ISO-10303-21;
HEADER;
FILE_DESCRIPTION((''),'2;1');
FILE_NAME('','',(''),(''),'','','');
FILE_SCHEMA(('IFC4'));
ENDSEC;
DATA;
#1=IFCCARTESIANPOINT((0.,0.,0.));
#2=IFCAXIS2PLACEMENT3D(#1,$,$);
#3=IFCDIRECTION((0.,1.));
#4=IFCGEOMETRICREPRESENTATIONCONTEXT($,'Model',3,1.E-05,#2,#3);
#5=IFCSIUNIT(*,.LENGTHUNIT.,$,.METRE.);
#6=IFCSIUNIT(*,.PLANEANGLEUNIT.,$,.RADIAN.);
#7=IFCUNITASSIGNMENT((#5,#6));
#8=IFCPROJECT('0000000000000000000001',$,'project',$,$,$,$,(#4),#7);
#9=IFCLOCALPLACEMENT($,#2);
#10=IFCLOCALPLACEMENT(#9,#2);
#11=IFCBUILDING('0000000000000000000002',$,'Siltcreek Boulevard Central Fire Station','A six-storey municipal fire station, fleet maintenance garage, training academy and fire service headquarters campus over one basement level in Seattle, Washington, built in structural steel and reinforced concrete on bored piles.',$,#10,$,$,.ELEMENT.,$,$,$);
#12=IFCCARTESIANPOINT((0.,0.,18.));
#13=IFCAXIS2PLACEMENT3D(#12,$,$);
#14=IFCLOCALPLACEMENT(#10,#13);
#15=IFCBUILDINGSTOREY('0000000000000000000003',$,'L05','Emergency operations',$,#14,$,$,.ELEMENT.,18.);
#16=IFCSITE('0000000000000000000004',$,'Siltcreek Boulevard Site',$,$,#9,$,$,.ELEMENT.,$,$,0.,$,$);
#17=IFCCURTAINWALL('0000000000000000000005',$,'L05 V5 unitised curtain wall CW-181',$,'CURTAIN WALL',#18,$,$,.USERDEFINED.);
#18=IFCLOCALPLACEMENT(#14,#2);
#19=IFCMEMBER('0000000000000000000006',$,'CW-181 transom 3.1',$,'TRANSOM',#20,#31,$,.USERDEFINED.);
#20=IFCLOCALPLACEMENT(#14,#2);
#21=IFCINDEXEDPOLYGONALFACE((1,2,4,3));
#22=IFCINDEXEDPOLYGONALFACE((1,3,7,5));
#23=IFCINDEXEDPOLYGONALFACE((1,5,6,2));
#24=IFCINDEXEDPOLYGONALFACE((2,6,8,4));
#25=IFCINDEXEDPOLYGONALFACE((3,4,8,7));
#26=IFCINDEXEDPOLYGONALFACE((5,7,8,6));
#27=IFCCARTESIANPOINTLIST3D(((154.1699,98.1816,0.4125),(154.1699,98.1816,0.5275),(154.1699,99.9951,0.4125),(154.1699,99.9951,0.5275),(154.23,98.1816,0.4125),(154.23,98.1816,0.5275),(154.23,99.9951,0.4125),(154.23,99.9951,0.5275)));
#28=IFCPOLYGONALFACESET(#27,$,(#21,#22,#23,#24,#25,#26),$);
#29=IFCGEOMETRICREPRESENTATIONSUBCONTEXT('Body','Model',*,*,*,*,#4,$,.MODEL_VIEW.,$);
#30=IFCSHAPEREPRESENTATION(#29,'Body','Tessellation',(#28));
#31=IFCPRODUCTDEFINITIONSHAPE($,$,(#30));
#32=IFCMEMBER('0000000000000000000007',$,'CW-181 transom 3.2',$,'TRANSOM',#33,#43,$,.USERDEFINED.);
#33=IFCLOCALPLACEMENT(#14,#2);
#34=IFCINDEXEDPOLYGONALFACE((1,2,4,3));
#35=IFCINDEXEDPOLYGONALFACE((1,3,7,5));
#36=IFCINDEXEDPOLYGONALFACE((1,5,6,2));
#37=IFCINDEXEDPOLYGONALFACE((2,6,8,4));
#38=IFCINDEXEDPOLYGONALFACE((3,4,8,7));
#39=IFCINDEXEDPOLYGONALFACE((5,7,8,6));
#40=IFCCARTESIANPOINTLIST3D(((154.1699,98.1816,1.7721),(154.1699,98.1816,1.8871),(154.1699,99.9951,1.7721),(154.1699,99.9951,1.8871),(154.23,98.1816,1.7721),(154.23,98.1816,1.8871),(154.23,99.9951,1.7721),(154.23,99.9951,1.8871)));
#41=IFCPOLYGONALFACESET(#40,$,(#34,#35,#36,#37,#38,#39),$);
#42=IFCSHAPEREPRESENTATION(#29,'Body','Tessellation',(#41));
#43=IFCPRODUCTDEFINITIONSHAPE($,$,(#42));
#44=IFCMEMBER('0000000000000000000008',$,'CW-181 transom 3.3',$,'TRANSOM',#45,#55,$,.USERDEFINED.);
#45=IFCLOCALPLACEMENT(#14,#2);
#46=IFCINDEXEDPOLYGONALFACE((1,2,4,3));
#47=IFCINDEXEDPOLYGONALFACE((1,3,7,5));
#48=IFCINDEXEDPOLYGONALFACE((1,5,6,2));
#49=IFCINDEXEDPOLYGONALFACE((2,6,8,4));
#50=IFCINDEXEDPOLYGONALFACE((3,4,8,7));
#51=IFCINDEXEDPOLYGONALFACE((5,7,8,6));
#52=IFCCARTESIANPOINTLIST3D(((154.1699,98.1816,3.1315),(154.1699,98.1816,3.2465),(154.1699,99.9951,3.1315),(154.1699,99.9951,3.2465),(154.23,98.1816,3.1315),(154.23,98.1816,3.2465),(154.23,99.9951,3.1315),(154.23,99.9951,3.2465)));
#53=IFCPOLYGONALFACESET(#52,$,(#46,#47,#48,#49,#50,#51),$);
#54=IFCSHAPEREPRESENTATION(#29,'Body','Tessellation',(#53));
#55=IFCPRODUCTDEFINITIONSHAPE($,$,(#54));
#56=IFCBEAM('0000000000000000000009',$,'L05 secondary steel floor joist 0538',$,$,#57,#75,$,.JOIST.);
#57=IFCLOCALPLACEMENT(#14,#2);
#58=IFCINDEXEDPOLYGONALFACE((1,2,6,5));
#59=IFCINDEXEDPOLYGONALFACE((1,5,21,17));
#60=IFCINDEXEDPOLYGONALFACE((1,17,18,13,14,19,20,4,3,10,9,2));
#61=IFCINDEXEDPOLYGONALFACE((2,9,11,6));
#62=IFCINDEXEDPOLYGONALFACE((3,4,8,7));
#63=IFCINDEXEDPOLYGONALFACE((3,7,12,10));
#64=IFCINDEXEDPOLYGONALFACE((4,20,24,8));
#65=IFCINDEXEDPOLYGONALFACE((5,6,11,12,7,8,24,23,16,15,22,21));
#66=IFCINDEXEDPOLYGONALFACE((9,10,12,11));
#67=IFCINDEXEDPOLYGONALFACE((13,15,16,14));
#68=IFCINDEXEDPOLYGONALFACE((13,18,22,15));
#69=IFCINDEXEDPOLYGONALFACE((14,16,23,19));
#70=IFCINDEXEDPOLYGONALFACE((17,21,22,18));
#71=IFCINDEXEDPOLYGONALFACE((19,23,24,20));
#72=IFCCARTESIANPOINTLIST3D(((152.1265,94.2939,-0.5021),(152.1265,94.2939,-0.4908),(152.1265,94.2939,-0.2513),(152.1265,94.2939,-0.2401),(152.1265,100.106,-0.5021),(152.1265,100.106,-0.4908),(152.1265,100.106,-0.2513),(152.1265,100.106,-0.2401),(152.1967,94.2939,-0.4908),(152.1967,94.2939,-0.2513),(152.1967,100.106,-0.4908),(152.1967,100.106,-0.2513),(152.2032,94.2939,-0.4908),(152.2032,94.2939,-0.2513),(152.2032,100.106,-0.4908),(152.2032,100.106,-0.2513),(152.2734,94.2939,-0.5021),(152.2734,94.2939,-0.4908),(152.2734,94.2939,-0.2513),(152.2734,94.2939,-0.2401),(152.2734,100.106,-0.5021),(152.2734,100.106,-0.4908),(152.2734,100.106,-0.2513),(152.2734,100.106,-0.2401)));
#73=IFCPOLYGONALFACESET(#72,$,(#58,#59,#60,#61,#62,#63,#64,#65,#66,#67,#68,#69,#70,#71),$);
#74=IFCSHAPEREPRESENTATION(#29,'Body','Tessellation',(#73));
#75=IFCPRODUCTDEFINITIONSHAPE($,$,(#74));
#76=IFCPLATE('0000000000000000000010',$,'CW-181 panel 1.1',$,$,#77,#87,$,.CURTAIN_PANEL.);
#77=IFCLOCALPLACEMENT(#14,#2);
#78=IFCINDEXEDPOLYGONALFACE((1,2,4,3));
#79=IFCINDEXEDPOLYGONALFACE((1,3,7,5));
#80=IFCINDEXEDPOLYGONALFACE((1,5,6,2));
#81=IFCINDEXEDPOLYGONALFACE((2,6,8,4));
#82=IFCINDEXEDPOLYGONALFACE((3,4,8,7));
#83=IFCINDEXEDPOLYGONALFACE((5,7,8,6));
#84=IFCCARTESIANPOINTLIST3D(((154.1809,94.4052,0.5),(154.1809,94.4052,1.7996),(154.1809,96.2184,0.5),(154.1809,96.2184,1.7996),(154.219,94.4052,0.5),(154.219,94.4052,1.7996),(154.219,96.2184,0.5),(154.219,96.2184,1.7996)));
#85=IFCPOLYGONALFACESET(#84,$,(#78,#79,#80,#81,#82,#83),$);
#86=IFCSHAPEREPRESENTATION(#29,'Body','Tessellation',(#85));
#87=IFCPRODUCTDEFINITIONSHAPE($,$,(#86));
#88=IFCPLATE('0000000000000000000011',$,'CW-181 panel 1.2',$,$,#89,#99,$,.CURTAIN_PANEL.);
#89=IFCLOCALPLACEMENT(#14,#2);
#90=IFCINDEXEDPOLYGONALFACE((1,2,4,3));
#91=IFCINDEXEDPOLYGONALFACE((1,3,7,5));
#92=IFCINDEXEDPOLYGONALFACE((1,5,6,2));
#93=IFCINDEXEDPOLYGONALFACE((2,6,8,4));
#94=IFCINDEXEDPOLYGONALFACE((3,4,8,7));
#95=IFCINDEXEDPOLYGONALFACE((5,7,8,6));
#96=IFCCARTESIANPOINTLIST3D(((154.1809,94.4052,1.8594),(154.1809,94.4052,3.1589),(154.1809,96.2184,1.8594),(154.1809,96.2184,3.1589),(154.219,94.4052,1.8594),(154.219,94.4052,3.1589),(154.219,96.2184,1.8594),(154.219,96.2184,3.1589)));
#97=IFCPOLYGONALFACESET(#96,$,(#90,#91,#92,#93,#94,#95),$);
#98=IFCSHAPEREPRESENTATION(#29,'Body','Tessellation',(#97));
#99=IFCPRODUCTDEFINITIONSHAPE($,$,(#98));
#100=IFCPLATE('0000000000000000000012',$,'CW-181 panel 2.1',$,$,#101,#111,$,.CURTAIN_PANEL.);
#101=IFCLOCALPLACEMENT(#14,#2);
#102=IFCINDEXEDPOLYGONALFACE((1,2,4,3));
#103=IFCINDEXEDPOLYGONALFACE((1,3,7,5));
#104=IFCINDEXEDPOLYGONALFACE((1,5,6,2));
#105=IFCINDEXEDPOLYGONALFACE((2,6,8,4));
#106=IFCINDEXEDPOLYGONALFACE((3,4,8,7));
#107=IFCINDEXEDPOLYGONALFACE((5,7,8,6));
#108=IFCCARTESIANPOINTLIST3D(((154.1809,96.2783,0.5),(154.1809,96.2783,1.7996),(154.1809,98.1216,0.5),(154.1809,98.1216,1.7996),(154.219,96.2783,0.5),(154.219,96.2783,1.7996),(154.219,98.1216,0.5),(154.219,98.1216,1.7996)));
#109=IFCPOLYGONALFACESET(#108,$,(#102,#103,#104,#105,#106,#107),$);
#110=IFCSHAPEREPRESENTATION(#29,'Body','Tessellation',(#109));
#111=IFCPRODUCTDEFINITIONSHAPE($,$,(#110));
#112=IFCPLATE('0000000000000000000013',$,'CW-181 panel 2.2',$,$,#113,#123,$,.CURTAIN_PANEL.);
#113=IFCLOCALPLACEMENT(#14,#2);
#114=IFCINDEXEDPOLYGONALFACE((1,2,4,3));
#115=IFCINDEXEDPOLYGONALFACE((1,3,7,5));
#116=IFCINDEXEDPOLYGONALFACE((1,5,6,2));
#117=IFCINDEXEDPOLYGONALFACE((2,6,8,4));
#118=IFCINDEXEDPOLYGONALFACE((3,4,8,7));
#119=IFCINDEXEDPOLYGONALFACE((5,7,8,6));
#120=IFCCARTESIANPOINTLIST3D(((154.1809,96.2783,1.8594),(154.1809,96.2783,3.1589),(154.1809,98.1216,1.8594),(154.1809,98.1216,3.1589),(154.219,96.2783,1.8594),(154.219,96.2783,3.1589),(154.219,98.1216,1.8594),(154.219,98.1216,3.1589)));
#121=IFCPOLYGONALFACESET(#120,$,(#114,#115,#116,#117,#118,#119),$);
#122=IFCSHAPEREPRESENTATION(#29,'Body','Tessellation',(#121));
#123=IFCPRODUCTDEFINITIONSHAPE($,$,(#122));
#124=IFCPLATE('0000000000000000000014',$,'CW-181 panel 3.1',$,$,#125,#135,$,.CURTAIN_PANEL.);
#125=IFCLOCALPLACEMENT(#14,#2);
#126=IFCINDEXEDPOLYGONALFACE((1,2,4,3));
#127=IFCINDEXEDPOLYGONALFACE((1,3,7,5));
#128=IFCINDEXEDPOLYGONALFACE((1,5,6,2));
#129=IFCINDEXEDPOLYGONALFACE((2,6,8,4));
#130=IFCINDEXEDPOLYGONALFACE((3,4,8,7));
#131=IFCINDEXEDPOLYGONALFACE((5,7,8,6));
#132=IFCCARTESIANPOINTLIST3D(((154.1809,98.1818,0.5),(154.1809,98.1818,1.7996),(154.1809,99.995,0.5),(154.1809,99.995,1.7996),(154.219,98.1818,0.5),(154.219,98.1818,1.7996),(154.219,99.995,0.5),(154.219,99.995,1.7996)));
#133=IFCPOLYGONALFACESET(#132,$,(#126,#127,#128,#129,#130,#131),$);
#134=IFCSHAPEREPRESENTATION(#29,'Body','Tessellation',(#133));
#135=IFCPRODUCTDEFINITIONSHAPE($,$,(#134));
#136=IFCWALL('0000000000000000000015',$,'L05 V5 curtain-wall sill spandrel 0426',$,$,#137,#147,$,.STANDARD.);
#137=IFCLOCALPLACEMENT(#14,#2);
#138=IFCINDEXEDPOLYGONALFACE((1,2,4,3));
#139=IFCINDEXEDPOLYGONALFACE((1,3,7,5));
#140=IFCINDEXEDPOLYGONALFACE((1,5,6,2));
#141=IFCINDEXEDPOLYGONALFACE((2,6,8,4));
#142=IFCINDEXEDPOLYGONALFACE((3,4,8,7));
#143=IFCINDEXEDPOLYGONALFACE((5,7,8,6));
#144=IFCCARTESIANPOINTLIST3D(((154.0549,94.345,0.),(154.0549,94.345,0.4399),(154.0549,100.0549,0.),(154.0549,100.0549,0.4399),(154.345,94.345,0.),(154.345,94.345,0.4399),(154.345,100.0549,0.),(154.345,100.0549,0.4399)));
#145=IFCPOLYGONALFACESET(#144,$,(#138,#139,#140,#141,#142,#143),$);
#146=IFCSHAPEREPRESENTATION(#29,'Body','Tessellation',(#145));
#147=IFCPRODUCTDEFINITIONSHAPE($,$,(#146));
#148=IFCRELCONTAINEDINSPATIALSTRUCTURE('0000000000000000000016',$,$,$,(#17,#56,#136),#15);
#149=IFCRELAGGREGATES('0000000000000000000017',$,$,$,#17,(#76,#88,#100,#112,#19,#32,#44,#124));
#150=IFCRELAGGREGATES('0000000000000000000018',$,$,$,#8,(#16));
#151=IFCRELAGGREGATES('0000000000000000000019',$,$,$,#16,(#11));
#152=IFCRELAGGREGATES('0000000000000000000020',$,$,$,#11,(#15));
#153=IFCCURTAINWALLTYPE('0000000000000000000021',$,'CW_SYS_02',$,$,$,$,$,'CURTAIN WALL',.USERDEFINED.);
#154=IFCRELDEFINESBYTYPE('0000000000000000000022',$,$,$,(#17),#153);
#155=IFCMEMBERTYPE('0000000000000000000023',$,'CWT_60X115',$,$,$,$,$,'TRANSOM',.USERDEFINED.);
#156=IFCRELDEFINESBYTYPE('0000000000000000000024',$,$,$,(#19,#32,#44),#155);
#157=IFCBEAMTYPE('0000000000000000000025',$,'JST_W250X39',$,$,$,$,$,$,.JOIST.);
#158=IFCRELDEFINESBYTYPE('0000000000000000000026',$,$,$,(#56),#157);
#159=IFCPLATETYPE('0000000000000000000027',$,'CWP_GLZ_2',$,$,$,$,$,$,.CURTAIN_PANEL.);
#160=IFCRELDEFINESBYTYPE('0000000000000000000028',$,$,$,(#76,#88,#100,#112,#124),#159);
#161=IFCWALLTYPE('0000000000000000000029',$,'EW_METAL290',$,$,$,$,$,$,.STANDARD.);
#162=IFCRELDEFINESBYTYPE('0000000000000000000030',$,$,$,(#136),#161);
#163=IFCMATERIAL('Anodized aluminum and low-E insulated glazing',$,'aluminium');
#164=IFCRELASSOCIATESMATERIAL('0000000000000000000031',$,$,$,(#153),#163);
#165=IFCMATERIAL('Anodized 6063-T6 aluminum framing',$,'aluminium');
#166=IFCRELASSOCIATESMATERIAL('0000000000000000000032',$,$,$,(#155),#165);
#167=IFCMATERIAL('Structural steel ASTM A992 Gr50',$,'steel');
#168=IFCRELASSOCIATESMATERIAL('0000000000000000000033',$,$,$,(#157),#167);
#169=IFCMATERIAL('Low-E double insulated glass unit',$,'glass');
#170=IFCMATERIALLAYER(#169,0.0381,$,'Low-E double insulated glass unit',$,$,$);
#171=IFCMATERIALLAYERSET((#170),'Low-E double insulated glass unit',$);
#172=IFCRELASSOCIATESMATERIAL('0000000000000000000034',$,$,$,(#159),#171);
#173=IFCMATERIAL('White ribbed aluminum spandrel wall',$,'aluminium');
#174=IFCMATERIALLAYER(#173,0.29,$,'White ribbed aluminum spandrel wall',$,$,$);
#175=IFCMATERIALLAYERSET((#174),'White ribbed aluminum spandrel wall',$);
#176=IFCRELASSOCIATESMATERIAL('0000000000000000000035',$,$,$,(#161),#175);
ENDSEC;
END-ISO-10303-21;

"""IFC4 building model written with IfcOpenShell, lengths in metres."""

from ifc_helpers import new_model, si_unit, direction, frame, frame_2d, origin, origin_2d, place, context, subcontext, project, spatial, rectangle, i_section, extrude, material, layer, layer_set, material_profile, profile_set, type_object, element, aggregate, save


model = new_model("IFC4")

# Units and contexts
model_context = context("Model", 3, precision=1e-05, world=origin(), true_north=direction((0.0, 1.0)))
body_context = subcontext(model_context, "Body", "Model", "MODEL_VIEW")
ifc_project = project(units=[si_unit("LENGTHUNIT", "METRE"), si_unit("PLANEANGLEUNIT", "RADIAN")], contexts=[model_context])

# Site, building, storey
site_placement = place(None, origin())
site = spatial("IfcSite", under=ifc_project, at=site_placement, Name="Siltcreek Boulevard Site", CompositionType="ELEMENT", RefElevation=0.0)
building_placement = place(site_placement, origin())
building = spatial("IfcBuilding", under=site, at=building_placement, Name="Siltcreek Boulevard Central Fire Station", Description="A six-storey municipal fire station, fleet maintenance garage, training academy and fire service headquarters campus over one basement level in Seattle, Washington, built in structural steel and reinforced concrete on bored piles.", CompositionType="ELEMENT")
storey_placement = place(building_placement, frame((0.0, 0.0, 18.0)))
storey = spatial("IfcBuildingStorey", under=building, at=storey_placement, Name="L05", Description="Emergency operations", CompositionType="ELEMENT", Elevation=18.0)

# Shared definitions
ifc_material_1 = material(Name="Structural steel ASTM A992 Gr50", Category="steel")

# Curtain wall, members
ifc_material_2 = material(Name="Anodized aluminum and low-E insulated glazing", Category="aluminium")
curtain_wall_type = type_object("IfcCurtainWallType", Name="CW_SYS_02", ElementType="CURTAIN WALL", PredefinedType="USERDEFINED", material=ifc_material_2)
curtain_wall_placement = place(storey_placement, origin())
curtain_wall = element("IfcCurtainWall", 1, at=curtain_wall_placement, inside=storey, type_object=curtain_wall_type, Name="L05 V5 unitised curtain wall CW-181", ObjectType="CURTAIN WALL", PredefinedType="USERDEFINED")
ifc_material_3 = material(Name="Anodized 6063-T6 aluminum framing", Category="aluminium")
ifc_material_profile_1 = material_profile(ifc_material_3, rectangle(XDim=0.0601, YDim=0.115, at=origin_2d()), Name="TRAN60X115")
ifc_profile_set_1 = profile_set([ifc_material_profile_1], Name="Anodized 6063-T6 aluminum framing")
member_type_1 = type_object("IfcMemberType", Name="CWT_60X115", ElementType="TRANSOM", PredefinedType="USERDEFINED", material=ifc_profile_set_1)
member_1_placement = place(storey_placement, frame((154.2, 98.1816, 0.47), z_axis=(0.0, 1.0, 0.0), x_axis=(-1.0, 0.0, 0.0)))
member_1 = element("IfcMember", 2, at=member_1_placement, type_object=member_type_1, Name="CW-181 transom 3.1", ObjectType="TRANSOM", PredefinedType="USERDEFINED", context=body_context, shape_type="SweptSolid", body=[
    extrude(rectangle(XDim=0.0601, YDim=0.115, at=origin_2d()), origin(), (0.0, 0.0, 1.0), 1.8135),
])
member_2_placement = place(storey_placement, frame((154.2, 98.1816, 1.8296), z_axis=(0.0, 1.0, 0.0), x_axis=(-1.0, 0.0, 0.0)))
member_2 = element("IfcMember", 3, at=member_2_placement, type_object=member_type_1, Name="CW-181 transom 3.2", ObjectType="TRANSOM", PredefinedType="USERDEFINED", context=body_context, shape_type="SweptSolid", body=[
    extrude(rectangle(XDim=0.0601, YDim=0.115, at=origin_2d()), origin(), (0.0, 0.0, 1.0), 1.8135),
])
member_3_placement = place(storey_placement, frame((154.2, 98.1816, 3.189), z_axis=(0.0, 1.0, 0.0), x_axis=(-1.0, 0.0, 0.0)))
member_3 = element("IfcMember", 4, at=member_3_placement, type_object=member_type_1, Name="CW-181 transom 3.3", ObjectType="TRANSOM", PredefinedType="USERDEFINED", context=body_context, shape_type="SweptSolid", body=[
    extrude(rectangle(XDim=0.0601, YDim=0.115, at=origin_2d()), origin(), (0.0, 0.0, 1.0), 1.8135),
])

# Beam
ifc_material_profile_2 = material_profile(ifc_material_1, i_section(OverallWidth=0.147, OverallDepth=0.262, WebThickness=0.0066, FlangeThickness=0.0112, at=origin_2d()), Name="W250X39")
ifc_profile_set_2 = profile_set([ifc_material_profile_2], Name="Structural steel ASTM A992 Gr50")
beam_type_1 = type_object("IfcBeamType", Name="JST_W250X39", PredefinedType="JOIST", material=ifc_profile_set_2)
beam_placement = place(storey_placement, frame((152.2, 94.2939, -0.3711), z_axis=(0.0, 1.0, 0.0), x_axis=(-1.0, 0.0, 0.0)))
element("IfcBeam", 5, at=beam_placement, inside=storey, type_object=beam_type_1, Name="L05 secondary steel floor joist 0538", PredefinedType="JOIST", context=body_context, shape_type="SweptSolid", body=[
    extrude(i_section(OverallWidth=0.147, OverallDepth=0.262, WebThickness=0.0066, FlangeThickness=0.0112, at=origin_2d()), origin(), (0.0, 0.0, 1.0), 5.812),
])

# Plates
ifc_material_4 = material(Name="Low-E double insulated glass unit", Category="glass")
ifc_layer_1 = layer(ifc_material_4, 0.0381, Name="Low-E double insulated glass unit")
ifc_layer_set_1 = layer_set([ifc_layer_1], Name="Low-E double insulated glass unit")
plate_type = type_object("IfcPlateType", Name="CWP_GLZ_2", PredefinedType="CURTAIN_PANEL", material=ifc_layer_set_1)
plate_1_placement = place(storey_placement, frame((154.2, 95.3118, 0.5), z_axis=(0.0, 0.0, 1.0), x_axis=(0.0, 1.0, 0.0)))
plate_1 = element("IfcPlate", 6, at=plate_1_placement, type_object=plate_type, Name="CW-181 panel 1.1", PredefinedType="CURTAIN_PANEL", context=body_context, shape_type="SweptSolid", body=[
    extrude(rectangle(XDim=1.8132, YDim=0.0381, at=origin_2d()), origin(), (0.0, 0.0, 1.0), 1.2996),
])
plate_2_placement = place(storey_placement, frame((154.2, 95.3118, 1.8594), z_axis=(0.0, 0.0, 1.0), x_axis=(0.0, 1.0, 0.0)))
plate_2 = element("IfcPlate", 7, at=plate_2_placement, type_object=plate_type, Name="CW-181 panel 1.2", PredefinedType="CURTAIN_PANEL", context=body_context, shape_type="SweptSolid", body=[
    extrude(rectangle(XDim=1.8132, YDim=0.0381, at=origin_2d()), origin(), (0.0, 0.0, 1.0), 1.2996),
])
plate_3_placement = place(storey_placement, frame((154.2, 97.2, 0.5), z_axis=(0.0, 0.0, 1.0), x_axis=(0.0, 1.0, 0.0)))
plate_3 = element("IfcPlate", 8, at=plate_3_placement, type_object=plate_type, Name="CW-181 panel 2.1", PredefinedType="CURTAIN_PANEL", context=body_context, shape_type="SweptSolid", body=[
    extrude(rectangle(XDim=1.8433, YDim=0.0381, at=origin_2d()), origin(), (0.0, 0.0, 1.0), 1.2996),
])
plate_4_placement = place(storey_placement, frame((154.2, 97.2, 1.8594), z_axis=(0.0, 0.0, 1.0), x_axis=(0.0, 1.0, 0.0)))
plate_4 = element("IfcPlate", 9, at=plate_4_placement, type_object=plate_type, Name="CW-181 panel 2.2", PredefinedType="CURTAIN_PANEL", context=body_context, shape_type="SweptSolid", body=[
    extrude(rectangle(XDim=1.8433, YDim=0.0381, at=origin_2d()), origin(), (0.0, 0.0, 1.0), 1.2996),
])
plate_5_placement = place(storey_placement, frame((154.2, 99.0884, 0.5), z_axis=(0.0, 0.0, 1.0), x_axis=(0.0, 1.0, 0.0)))
plate_5 = element("IfcPlate", 10, at=plate_5_placement, type_object=plate_type, Name="CW-181 panel 3.1", PredefinedType="CURTAIN_PANEL", context=body_context, shape_type="SweptSolid", body=[
    extrude(rectangle(XDim=1.8132, YDim=0.0381, at=origin_2d()), origin(), (0.0, 0.0, 1.0), 1.2996),
])
aggregate(curtain_wall, [plate_1, plate_2, plate_3, plate_4, member_1, member_2, member_3, plate_5])

# Wall
ifc_material_5 = material(Name="White ribbed aluminum spandrel wall", Category="aluminium")
ifc_layer_2 = layer(ifc_material_5, 0.29, Name="White ribbed aluminum spandrel wall")
ifc_layer_set_2 = layer_set([ifc_layer_2], Name="White ribbed aluminum spandrel wall")
wall_type = type_object("IfcWallType", Name="EW_METAL290", PredefinedType="STANDARD", material=ifc_layer_set_2)
wall_placement = place(storey_placement, frame((154.2, 94.345, 0.0), z_axis=(0.0, 0.0, 1.0), x_axis=(0.0, 1.0, 0.0)))
element("IfcWall", 11, at=wall_placement, inside=storey, type_object=wall_type, Name="L05 V5 curtain-wall sill spandrel 0426", PredefinedType="STANDARD", context=body_context, shape_type="SweptSolid", body=[
    extrude(rectangle(XDim=5.71, YDim=0.29, at=frame_2d((2.855, 0.0))), origin(), (0.0, 0.0, 1.0), 0.4399),
])

save(model, "model.ifc")
